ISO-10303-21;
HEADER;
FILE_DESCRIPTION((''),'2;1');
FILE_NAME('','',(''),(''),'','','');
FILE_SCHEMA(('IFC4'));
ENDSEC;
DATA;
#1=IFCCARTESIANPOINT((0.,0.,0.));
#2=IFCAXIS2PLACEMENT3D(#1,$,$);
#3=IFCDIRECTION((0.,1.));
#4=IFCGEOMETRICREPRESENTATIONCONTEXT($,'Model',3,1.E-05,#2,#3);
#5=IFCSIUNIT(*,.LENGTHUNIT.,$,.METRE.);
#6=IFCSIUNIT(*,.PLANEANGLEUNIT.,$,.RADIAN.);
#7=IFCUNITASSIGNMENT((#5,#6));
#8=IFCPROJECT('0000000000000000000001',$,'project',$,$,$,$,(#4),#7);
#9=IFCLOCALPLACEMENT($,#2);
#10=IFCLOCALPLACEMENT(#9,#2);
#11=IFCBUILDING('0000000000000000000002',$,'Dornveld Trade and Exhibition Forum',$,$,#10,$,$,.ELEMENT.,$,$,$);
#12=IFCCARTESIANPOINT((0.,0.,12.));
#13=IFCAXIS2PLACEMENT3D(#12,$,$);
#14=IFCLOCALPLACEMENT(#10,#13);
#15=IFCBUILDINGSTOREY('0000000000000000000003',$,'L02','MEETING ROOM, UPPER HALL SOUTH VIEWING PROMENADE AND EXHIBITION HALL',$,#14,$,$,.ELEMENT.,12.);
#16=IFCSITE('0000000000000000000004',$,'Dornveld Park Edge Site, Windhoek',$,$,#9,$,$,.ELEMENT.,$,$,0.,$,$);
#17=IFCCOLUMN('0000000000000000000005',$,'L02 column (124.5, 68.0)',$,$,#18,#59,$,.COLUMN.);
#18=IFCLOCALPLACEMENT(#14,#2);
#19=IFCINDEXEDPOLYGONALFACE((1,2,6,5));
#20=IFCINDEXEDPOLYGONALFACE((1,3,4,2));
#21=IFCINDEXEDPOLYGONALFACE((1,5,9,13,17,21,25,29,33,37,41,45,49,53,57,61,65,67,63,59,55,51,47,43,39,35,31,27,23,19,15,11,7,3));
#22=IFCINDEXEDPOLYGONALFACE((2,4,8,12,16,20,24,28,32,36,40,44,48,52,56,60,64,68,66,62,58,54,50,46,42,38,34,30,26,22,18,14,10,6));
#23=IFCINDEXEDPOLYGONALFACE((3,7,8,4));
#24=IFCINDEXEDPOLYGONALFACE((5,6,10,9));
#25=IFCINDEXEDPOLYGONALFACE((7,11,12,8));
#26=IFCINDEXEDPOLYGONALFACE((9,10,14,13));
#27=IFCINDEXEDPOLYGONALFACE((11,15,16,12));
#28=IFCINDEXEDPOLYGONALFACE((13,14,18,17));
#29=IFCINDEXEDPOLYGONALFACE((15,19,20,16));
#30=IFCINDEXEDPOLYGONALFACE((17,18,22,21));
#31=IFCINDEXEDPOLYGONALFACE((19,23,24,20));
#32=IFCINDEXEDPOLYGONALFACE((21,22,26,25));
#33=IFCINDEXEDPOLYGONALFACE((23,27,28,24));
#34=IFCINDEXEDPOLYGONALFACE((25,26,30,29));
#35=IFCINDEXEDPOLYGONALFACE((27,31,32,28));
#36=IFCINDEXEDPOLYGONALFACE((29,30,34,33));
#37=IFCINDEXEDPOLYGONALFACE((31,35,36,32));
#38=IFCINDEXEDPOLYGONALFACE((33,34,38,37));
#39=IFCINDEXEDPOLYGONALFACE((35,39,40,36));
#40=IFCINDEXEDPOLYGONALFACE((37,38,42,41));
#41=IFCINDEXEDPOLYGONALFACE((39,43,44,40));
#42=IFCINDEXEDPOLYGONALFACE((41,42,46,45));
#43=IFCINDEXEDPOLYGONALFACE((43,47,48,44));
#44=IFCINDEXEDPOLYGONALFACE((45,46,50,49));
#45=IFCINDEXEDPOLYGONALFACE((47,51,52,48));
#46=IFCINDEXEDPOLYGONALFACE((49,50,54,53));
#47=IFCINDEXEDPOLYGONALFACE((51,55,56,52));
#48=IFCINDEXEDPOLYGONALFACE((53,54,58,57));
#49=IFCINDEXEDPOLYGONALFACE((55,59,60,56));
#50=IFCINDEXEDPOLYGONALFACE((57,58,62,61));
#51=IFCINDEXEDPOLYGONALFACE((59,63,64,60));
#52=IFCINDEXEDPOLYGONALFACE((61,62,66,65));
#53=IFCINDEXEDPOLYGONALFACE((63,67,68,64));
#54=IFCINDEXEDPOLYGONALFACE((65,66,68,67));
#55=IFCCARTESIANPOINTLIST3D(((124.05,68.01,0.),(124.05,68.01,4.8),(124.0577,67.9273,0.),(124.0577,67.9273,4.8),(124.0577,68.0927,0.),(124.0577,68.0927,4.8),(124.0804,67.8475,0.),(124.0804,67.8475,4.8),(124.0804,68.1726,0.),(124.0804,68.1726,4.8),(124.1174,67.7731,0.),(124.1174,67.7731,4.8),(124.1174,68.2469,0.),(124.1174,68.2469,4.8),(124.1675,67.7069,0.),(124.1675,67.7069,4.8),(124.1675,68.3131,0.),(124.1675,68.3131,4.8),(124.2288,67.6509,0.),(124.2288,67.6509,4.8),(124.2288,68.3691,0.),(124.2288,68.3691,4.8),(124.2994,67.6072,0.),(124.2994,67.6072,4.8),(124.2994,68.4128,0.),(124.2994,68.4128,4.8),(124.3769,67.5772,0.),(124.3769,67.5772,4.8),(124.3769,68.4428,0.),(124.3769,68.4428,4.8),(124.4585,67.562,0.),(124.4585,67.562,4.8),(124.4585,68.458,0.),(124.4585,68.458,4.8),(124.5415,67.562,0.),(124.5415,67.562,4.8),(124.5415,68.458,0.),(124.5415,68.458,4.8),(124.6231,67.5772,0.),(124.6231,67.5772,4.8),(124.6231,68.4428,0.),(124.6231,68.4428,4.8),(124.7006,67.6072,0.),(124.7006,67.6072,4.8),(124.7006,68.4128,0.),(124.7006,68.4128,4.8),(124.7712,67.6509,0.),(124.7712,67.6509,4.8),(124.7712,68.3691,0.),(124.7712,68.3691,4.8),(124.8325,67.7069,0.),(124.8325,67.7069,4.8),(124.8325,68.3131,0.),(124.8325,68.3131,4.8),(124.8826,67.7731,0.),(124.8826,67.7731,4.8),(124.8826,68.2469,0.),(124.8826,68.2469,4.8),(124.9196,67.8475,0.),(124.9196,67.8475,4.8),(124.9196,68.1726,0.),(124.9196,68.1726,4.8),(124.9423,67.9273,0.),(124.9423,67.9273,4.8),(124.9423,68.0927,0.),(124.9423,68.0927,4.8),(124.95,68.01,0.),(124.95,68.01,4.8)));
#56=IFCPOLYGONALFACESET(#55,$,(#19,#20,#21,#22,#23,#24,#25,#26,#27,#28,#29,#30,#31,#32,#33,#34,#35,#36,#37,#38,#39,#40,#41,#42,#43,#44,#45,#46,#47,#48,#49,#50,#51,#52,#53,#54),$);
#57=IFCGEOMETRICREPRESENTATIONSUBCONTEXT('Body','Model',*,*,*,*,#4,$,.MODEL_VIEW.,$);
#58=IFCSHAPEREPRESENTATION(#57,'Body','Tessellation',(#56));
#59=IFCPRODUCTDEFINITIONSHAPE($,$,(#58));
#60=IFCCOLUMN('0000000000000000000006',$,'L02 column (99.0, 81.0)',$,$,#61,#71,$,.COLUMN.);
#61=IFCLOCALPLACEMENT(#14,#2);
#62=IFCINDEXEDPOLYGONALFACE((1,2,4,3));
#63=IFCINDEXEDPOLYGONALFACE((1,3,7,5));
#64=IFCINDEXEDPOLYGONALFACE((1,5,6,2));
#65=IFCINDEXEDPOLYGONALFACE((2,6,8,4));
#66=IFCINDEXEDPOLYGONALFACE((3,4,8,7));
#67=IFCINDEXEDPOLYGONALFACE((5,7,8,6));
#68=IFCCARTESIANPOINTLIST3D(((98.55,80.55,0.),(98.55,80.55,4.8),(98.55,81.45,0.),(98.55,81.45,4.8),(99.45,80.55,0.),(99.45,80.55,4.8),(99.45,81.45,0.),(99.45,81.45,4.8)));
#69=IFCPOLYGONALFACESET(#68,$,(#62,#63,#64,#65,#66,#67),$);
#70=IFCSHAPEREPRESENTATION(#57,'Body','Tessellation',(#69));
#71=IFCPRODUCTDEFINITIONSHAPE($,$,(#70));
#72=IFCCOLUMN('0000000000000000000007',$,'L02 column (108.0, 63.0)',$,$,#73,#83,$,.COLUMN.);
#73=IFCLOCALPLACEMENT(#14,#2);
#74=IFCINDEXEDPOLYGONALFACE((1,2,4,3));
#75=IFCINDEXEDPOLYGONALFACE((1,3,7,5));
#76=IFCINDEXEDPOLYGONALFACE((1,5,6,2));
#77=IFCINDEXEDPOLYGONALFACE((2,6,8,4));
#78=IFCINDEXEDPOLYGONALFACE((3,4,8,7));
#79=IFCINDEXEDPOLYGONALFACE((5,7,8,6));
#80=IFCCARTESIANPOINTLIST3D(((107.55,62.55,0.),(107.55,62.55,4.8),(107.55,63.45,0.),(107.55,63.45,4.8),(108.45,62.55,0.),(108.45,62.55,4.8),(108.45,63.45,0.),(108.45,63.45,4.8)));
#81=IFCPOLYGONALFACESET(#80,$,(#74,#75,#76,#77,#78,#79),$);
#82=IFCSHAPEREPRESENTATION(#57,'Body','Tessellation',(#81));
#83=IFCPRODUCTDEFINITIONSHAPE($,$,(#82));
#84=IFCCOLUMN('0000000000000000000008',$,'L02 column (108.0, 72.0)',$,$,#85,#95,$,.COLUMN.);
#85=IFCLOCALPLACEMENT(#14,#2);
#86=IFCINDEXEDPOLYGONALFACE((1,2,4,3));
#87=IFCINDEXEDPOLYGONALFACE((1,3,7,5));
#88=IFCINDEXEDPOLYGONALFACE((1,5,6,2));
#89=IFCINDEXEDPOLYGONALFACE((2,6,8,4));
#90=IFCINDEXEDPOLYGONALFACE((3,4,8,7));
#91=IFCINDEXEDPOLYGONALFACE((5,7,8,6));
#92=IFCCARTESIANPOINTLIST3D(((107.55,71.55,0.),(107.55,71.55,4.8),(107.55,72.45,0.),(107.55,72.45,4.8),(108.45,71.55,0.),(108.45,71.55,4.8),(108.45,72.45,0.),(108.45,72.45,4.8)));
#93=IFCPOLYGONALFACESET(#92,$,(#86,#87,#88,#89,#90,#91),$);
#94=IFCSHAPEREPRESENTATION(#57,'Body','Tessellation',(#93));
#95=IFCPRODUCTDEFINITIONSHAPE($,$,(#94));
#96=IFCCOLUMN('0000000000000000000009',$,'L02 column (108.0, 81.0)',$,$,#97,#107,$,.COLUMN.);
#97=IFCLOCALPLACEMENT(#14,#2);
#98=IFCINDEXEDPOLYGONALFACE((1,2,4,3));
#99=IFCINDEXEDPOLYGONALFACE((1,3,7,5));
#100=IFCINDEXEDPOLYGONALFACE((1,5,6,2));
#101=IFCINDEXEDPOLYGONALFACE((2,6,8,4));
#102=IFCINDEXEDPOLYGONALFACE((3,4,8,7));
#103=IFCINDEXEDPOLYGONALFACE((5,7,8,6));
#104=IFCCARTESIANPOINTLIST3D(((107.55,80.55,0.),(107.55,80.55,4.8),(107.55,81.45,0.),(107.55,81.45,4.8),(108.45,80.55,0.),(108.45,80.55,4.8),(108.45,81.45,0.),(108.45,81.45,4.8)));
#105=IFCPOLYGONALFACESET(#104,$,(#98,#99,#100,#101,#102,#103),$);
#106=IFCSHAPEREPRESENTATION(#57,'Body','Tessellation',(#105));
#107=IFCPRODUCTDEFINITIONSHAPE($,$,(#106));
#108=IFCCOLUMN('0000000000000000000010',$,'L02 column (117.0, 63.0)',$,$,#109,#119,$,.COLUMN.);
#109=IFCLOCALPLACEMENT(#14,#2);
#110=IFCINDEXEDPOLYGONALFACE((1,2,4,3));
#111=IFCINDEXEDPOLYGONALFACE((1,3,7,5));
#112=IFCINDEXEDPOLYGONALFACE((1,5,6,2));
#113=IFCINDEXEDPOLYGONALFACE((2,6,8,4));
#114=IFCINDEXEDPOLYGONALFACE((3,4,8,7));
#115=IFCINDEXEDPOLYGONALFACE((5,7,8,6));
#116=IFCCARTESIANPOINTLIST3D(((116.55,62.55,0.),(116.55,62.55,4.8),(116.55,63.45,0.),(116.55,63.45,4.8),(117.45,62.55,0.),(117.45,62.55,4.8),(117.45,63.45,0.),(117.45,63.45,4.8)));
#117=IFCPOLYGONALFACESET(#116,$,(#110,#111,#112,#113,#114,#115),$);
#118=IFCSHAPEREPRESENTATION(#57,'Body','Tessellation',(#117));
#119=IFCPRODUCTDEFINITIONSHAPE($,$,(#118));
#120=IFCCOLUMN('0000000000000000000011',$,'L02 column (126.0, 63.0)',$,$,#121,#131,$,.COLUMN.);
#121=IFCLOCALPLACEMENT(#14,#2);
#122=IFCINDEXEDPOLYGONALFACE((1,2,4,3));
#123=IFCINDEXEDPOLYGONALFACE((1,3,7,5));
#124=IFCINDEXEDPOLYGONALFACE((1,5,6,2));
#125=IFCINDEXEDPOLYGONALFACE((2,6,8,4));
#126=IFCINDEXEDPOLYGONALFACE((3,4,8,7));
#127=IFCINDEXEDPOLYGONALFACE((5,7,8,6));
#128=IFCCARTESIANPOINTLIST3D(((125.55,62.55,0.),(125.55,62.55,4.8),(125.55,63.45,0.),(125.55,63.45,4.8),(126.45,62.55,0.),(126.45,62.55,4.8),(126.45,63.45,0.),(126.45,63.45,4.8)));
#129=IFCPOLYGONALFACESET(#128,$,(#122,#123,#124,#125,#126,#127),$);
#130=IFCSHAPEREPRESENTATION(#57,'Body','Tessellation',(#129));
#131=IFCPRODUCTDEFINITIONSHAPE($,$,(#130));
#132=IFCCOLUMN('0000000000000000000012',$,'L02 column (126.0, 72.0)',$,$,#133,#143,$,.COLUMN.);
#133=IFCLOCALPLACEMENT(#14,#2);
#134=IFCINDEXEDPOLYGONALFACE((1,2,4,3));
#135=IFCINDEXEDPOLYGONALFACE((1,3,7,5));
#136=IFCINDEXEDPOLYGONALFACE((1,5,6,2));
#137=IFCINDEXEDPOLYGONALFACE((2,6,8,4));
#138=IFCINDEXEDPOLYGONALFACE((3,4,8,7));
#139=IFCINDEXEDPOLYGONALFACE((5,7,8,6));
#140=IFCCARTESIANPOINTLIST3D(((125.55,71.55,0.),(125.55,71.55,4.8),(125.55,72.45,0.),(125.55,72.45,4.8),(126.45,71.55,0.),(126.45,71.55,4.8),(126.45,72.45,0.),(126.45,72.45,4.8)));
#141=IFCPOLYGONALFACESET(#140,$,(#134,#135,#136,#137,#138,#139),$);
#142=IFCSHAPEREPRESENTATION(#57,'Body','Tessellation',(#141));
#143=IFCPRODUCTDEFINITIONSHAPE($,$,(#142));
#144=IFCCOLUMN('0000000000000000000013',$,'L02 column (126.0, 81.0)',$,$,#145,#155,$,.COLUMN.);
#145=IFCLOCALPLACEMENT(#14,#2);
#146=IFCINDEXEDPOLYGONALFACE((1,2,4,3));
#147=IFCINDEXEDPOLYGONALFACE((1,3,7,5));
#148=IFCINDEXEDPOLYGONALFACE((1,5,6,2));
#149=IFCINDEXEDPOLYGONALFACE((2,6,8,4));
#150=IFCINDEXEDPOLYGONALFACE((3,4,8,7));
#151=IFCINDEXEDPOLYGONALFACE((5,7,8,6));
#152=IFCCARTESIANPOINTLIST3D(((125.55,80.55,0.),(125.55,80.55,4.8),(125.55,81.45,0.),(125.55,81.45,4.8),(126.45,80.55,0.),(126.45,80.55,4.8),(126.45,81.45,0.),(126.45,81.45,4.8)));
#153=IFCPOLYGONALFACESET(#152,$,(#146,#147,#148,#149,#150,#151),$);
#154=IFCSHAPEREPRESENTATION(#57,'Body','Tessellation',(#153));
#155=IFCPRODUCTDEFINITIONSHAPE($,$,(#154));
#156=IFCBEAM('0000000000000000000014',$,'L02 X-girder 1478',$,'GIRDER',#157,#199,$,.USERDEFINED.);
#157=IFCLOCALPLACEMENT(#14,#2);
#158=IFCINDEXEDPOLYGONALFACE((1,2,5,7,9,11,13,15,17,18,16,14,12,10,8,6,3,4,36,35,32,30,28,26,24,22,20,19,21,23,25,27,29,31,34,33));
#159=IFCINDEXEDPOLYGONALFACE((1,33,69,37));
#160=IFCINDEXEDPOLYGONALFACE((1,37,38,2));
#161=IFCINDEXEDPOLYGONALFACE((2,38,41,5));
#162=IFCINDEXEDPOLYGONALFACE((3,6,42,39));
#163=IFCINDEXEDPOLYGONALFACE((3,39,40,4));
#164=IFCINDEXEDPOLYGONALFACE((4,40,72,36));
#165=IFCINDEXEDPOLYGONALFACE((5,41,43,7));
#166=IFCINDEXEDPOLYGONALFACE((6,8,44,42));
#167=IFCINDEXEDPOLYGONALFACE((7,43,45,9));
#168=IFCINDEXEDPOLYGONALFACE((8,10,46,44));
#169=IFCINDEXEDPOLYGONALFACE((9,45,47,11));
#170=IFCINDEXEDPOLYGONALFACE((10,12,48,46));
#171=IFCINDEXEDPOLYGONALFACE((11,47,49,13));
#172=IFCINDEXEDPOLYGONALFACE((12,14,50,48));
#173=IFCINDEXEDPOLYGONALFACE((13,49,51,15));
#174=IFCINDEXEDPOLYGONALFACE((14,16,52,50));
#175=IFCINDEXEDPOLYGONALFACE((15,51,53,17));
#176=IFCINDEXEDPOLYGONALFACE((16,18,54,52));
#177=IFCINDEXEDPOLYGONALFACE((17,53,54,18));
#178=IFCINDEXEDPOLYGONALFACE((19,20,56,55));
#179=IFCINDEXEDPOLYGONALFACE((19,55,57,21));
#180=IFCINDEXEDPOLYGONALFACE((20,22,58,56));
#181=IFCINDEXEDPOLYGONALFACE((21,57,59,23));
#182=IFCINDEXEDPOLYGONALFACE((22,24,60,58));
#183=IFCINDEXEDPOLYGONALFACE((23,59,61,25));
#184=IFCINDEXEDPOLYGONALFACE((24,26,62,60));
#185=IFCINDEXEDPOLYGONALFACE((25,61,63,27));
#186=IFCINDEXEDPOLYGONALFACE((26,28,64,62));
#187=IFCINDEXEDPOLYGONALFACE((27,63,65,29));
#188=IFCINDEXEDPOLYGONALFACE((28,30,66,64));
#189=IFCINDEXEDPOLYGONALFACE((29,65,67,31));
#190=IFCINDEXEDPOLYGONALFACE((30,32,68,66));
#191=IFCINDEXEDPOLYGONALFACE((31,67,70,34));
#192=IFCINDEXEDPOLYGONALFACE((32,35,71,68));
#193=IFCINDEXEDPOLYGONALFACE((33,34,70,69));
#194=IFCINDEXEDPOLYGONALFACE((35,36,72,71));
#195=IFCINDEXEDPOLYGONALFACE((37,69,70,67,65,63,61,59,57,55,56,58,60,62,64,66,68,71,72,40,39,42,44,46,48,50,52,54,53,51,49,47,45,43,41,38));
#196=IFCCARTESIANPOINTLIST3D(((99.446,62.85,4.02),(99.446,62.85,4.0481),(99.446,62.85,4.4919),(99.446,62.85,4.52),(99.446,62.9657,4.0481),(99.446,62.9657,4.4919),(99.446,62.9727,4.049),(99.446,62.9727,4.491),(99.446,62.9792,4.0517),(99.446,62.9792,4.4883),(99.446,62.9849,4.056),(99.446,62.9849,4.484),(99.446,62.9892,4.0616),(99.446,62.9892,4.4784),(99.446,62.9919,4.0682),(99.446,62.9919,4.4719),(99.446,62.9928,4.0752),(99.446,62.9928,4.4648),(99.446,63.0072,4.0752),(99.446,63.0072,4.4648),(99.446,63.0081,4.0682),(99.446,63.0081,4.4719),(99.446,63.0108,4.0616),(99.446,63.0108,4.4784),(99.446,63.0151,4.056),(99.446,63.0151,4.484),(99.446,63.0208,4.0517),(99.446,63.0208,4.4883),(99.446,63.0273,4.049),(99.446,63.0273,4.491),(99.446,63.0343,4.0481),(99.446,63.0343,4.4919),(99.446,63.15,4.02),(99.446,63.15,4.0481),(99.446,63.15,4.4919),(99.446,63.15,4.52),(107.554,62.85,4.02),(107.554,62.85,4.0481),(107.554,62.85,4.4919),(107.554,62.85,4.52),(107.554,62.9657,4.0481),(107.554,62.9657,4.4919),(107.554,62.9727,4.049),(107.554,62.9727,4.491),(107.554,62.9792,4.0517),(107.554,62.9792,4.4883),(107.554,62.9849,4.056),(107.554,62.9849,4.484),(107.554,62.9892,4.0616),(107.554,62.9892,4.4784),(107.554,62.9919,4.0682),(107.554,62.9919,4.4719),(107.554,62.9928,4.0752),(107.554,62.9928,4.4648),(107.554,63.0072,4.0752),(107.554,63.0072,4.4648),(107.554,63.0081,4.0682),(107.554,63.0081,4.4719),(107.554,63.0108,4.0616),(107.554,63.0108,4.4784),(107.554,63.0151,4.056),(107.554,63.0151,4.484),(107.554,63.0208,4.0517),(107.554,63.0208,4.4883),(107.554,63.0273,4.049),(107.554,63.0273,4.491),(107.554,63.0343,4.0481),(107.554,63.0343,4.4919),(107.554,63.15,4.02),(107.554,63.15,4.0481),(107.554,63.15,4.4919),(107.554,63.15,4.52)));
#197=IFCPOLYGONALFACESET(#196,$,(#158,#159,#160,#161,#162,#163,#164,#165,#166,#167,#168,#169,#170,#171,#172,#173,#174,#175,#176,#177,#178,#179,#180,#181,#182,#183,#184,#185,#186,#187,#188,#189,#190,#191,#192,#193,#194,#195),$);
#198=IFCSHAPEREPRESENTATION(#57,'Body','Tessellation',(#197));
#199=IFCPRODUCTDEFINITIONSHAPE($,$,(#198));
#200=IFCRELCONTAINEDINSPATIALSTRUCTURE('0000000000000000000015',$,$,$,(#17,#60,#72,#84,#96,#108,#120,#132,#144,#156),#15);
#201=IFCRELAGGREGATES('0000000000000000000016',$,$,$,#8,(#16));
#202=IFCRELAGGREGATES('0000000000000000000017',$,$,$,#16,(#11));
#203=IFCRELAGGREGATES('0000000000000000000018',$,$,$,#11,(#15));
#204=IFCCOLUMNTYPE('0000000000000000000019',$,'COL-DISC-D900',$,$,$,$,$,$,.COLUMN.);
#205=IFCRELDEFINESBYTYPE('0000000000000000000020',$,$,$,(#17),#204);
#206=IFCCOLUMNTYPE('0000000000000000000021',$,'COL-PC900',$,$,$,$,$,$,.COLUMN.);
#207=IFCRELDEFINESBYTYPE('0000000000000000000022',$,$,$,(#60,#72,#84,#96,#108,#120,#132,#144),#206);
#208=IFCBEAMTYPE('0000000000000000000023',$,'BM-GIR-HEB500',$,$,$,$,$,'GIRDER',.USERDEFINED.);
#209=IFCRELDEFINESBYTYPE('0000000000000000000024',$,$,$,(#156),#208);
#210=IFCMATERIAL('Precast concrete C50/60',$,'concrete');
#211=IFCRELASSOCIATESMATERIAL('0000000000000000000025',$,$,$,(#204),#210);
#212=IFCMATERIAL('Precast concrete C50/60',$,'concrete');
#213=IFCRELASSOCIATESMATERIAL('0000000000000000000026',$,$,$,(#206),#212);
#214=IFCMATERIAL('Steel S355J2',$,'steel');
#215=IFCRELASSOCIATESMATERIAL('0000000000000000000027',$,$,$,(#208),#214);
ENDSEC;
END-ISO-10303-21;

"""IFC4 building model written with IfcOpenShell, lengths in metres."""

from ifc_helpers import new_model, si_unit, direction, frame, origin, origin_2d, place, context, subcontext, project, spatial, rectangle, circle, i_section, extrude, material, material_profile, profile_set, type_object, element, save


model = new_model("IFC4")

# Units and contexts
model_context = context("Model", 3, precision=1e-05, world=origin(), true_north=direction((0.0, 1.0)))
body_context = subcontext(model_context, "Body", "Model", "MODEL_VIEW")
ifc_project = project(units=[si_unit("LENGTHUNIT", "METRE"), si_unit("PLANEANGLEUNIT", "RADIAN")], contexts=[model_context])

# Site, building, storey
site_placement = place(None, origin())
site = spatial("IfcSite", under=ifc_project, at=site_placement, Name="Dornveld Park Edge Site, Windhoek", CompositionType="ELEMENT", RefElevation=0.0)
building_placement = place(site_placement, origin())
building = spatial("IfcBuilding", under=site, at=building_placement, Name="Dornveld Trade and Exhibition Forum", CompositionType="ELEMENT")
storey_placement = place(building_placement, frame((0.0, 0.0, 12.0)))
storey = spatial("IfcBuildingStorey", under=building, at=storey_placement, Name="L02", Description="MEETING ROOM, UPPER HALL SOUTH VIEWING PROMENADE AND EXHIBITION HALL", CompositionType="ELEMENT", Elevation=12.0)

# Columns
ifc_material_1 = material(Name="Precast concrete C50/60", Category="concrete")
ifc_material_profile_1 = material_profile(ifc_material_1, circle(Radius=0.45, at=origin_2d()), Name="PC-COL D900")
ifc_profile_set_1 = profile_set([ifc_material_profile_1], Name="Precast concrete C50/60")
column_type_1 = type_object("IfcColumnType", Name="COL-DISC-D900", PredefinedType="COLUMN", material=ifc_profile_set_1)
for number, where, z_axis, x_axis, name in (
    (1, (124.5, 68.01, 0.0), (0.0, 0.0, 1.0), (1.0, 0.0, 0.0), "L02 column (124.5, 68.0)"),
):
    element("IfcColumn", number, at=place(storey_placement, frame(where, z_axis=z_axis, x_axis=x_axis)), inside=storey, type_object=column_type_1, Name=name, PredefinedType="COLUMN", context=body_context, shape_type="SweptSolid", body=[
        extrude(circle(Radius=0.45, at=origin_2d()), origin(), (0.0, 0.0, 1.0), 4.8),
    ])
ifc_material_2 = material(Name="Precast concrete C50/60", Category="concrete")
ifc_material_profile_2 = material_profile(ifc_material_2, rectangle(XDim=0.8999, YDim=0.8999, at=origin_2d()), Name="PC-COL 900x900")
ifc_profile_set_2 = profile_set([ifc_material_profile_2], Name="Precast concrete C50/60")
column_type_2 = type_object("IfcColumnType", Name="COL-PC900", PredefinedType="COLUMN", material=ifc_profile_set_2)
for number, where, z_axis, x_axis, name in (
    (2, (99.0, 81.0, 0.0), (0.0, 0.0, 1.0), (1.0, 0.0, 0.0), "L02 column (99.0, 81.0)"),
    (3, (108.0, 63.0, 0.0), (0.0, 0.0, 1.0), (1.0, 0.0, 0.0), "L02 column (108.0, 63.0)"),
    (4, (108.0, 72.0, 0.0), (0.0, 0.0, 1.0), (1.0, 0.0, 0.0), "L02 column (108.0, 72.0)"),
    (5, (108.0, 81.0, 0.0), (0.0, 0.0, 1.0), (1.0, 0.0, 0.0), "L02 column (108.0, 81.0)"),
    (6, (117.0, 63.0, 0.0), (0.0, 0.0, 1.0), (1.0, 0.0, 0.0), "L02 column (117.0, 63.0)"),
    (7, (126.0, 63.0, 0.0), (0.0, 0.0, 1.0), (1.0, 0.0, 0.0), "L02 column (126.0, 63.0)"),
    (8, (126.0, 72.0, 0.0), (0.0, 0.0, 1.0), (1.0, 0.0, 0.0), "L02 column (126.0, 72.0)"),
    (9, (126.0, 81.0, 0.0), (0.0, 0.0, 1.0), (1.0, 0.0, 0.0), "L02 column (126.0, 81.0)"),
):
    element("IfcColumn", number, at=place(storey_placement, frame(where, z_axis=z_axis, x_axis=x_axis)), inside=storey, type_object=column_type_2, Name=name, PredefinedType="COLUMN", context=body_context, shape_type="SweptSolid", body=[
        extrude(rectangle(XDim=0.8999, YDim=0.8999, at=origin_2d()), origin(), (0.0, 0.0, 1.0), 4.8),
    ])

# Beam
ifc_material_3 = material(Name="Steel S355J2", Category="steel")
ifc_material_profile_3 = material_profile(ifc_material_3, i_section(OverallWidth=0.3, OverallDepth=0.5, WebThickness=0.0144, FlangeThickness=0.0281, FilletRadius=0.0271, at=origin_2d()), Name="HEB 500")
ifc_profile_set_3 = profile_set([ifc_material_profile_3], Name="Steel S355J2")
beam_type_1 = type_object("IfcBeamType", Name="BM-GIR-HEB500", ElementType="GIRDER", PredefinedType="USERDEFINED", material=ifc_profile_set_3)
for number, where, z_axis, x_axis, name in (
    (10, (99.446, 63.0, 4.27), (1.0, 0.0, 0.0), (0.0, 1.0, 0.0), "L02 X-girder 1478"),
):
    element("IfcBeam", number, at=place(storey_placement, frame(where, z_axis=z_axis, x_axis=x_axis)), inside=storey, type_object=beam_type_1, Name=name, ObjectType="GIRDER", PredefinedType="USERDEFINED", context=body_context, shape_type="SweptSolid", body=[
        extrude(i_section(OverallWidth=0.3, OverallDepth=0.5, WebThickness=0.0144, FlangeThickness=0.0281, FilletRadius=0.0271, at=origin_2d()), origin(), (0.0, 0.0, 1.0), 8.1079),
    ])

save(model, "model.ifc")
